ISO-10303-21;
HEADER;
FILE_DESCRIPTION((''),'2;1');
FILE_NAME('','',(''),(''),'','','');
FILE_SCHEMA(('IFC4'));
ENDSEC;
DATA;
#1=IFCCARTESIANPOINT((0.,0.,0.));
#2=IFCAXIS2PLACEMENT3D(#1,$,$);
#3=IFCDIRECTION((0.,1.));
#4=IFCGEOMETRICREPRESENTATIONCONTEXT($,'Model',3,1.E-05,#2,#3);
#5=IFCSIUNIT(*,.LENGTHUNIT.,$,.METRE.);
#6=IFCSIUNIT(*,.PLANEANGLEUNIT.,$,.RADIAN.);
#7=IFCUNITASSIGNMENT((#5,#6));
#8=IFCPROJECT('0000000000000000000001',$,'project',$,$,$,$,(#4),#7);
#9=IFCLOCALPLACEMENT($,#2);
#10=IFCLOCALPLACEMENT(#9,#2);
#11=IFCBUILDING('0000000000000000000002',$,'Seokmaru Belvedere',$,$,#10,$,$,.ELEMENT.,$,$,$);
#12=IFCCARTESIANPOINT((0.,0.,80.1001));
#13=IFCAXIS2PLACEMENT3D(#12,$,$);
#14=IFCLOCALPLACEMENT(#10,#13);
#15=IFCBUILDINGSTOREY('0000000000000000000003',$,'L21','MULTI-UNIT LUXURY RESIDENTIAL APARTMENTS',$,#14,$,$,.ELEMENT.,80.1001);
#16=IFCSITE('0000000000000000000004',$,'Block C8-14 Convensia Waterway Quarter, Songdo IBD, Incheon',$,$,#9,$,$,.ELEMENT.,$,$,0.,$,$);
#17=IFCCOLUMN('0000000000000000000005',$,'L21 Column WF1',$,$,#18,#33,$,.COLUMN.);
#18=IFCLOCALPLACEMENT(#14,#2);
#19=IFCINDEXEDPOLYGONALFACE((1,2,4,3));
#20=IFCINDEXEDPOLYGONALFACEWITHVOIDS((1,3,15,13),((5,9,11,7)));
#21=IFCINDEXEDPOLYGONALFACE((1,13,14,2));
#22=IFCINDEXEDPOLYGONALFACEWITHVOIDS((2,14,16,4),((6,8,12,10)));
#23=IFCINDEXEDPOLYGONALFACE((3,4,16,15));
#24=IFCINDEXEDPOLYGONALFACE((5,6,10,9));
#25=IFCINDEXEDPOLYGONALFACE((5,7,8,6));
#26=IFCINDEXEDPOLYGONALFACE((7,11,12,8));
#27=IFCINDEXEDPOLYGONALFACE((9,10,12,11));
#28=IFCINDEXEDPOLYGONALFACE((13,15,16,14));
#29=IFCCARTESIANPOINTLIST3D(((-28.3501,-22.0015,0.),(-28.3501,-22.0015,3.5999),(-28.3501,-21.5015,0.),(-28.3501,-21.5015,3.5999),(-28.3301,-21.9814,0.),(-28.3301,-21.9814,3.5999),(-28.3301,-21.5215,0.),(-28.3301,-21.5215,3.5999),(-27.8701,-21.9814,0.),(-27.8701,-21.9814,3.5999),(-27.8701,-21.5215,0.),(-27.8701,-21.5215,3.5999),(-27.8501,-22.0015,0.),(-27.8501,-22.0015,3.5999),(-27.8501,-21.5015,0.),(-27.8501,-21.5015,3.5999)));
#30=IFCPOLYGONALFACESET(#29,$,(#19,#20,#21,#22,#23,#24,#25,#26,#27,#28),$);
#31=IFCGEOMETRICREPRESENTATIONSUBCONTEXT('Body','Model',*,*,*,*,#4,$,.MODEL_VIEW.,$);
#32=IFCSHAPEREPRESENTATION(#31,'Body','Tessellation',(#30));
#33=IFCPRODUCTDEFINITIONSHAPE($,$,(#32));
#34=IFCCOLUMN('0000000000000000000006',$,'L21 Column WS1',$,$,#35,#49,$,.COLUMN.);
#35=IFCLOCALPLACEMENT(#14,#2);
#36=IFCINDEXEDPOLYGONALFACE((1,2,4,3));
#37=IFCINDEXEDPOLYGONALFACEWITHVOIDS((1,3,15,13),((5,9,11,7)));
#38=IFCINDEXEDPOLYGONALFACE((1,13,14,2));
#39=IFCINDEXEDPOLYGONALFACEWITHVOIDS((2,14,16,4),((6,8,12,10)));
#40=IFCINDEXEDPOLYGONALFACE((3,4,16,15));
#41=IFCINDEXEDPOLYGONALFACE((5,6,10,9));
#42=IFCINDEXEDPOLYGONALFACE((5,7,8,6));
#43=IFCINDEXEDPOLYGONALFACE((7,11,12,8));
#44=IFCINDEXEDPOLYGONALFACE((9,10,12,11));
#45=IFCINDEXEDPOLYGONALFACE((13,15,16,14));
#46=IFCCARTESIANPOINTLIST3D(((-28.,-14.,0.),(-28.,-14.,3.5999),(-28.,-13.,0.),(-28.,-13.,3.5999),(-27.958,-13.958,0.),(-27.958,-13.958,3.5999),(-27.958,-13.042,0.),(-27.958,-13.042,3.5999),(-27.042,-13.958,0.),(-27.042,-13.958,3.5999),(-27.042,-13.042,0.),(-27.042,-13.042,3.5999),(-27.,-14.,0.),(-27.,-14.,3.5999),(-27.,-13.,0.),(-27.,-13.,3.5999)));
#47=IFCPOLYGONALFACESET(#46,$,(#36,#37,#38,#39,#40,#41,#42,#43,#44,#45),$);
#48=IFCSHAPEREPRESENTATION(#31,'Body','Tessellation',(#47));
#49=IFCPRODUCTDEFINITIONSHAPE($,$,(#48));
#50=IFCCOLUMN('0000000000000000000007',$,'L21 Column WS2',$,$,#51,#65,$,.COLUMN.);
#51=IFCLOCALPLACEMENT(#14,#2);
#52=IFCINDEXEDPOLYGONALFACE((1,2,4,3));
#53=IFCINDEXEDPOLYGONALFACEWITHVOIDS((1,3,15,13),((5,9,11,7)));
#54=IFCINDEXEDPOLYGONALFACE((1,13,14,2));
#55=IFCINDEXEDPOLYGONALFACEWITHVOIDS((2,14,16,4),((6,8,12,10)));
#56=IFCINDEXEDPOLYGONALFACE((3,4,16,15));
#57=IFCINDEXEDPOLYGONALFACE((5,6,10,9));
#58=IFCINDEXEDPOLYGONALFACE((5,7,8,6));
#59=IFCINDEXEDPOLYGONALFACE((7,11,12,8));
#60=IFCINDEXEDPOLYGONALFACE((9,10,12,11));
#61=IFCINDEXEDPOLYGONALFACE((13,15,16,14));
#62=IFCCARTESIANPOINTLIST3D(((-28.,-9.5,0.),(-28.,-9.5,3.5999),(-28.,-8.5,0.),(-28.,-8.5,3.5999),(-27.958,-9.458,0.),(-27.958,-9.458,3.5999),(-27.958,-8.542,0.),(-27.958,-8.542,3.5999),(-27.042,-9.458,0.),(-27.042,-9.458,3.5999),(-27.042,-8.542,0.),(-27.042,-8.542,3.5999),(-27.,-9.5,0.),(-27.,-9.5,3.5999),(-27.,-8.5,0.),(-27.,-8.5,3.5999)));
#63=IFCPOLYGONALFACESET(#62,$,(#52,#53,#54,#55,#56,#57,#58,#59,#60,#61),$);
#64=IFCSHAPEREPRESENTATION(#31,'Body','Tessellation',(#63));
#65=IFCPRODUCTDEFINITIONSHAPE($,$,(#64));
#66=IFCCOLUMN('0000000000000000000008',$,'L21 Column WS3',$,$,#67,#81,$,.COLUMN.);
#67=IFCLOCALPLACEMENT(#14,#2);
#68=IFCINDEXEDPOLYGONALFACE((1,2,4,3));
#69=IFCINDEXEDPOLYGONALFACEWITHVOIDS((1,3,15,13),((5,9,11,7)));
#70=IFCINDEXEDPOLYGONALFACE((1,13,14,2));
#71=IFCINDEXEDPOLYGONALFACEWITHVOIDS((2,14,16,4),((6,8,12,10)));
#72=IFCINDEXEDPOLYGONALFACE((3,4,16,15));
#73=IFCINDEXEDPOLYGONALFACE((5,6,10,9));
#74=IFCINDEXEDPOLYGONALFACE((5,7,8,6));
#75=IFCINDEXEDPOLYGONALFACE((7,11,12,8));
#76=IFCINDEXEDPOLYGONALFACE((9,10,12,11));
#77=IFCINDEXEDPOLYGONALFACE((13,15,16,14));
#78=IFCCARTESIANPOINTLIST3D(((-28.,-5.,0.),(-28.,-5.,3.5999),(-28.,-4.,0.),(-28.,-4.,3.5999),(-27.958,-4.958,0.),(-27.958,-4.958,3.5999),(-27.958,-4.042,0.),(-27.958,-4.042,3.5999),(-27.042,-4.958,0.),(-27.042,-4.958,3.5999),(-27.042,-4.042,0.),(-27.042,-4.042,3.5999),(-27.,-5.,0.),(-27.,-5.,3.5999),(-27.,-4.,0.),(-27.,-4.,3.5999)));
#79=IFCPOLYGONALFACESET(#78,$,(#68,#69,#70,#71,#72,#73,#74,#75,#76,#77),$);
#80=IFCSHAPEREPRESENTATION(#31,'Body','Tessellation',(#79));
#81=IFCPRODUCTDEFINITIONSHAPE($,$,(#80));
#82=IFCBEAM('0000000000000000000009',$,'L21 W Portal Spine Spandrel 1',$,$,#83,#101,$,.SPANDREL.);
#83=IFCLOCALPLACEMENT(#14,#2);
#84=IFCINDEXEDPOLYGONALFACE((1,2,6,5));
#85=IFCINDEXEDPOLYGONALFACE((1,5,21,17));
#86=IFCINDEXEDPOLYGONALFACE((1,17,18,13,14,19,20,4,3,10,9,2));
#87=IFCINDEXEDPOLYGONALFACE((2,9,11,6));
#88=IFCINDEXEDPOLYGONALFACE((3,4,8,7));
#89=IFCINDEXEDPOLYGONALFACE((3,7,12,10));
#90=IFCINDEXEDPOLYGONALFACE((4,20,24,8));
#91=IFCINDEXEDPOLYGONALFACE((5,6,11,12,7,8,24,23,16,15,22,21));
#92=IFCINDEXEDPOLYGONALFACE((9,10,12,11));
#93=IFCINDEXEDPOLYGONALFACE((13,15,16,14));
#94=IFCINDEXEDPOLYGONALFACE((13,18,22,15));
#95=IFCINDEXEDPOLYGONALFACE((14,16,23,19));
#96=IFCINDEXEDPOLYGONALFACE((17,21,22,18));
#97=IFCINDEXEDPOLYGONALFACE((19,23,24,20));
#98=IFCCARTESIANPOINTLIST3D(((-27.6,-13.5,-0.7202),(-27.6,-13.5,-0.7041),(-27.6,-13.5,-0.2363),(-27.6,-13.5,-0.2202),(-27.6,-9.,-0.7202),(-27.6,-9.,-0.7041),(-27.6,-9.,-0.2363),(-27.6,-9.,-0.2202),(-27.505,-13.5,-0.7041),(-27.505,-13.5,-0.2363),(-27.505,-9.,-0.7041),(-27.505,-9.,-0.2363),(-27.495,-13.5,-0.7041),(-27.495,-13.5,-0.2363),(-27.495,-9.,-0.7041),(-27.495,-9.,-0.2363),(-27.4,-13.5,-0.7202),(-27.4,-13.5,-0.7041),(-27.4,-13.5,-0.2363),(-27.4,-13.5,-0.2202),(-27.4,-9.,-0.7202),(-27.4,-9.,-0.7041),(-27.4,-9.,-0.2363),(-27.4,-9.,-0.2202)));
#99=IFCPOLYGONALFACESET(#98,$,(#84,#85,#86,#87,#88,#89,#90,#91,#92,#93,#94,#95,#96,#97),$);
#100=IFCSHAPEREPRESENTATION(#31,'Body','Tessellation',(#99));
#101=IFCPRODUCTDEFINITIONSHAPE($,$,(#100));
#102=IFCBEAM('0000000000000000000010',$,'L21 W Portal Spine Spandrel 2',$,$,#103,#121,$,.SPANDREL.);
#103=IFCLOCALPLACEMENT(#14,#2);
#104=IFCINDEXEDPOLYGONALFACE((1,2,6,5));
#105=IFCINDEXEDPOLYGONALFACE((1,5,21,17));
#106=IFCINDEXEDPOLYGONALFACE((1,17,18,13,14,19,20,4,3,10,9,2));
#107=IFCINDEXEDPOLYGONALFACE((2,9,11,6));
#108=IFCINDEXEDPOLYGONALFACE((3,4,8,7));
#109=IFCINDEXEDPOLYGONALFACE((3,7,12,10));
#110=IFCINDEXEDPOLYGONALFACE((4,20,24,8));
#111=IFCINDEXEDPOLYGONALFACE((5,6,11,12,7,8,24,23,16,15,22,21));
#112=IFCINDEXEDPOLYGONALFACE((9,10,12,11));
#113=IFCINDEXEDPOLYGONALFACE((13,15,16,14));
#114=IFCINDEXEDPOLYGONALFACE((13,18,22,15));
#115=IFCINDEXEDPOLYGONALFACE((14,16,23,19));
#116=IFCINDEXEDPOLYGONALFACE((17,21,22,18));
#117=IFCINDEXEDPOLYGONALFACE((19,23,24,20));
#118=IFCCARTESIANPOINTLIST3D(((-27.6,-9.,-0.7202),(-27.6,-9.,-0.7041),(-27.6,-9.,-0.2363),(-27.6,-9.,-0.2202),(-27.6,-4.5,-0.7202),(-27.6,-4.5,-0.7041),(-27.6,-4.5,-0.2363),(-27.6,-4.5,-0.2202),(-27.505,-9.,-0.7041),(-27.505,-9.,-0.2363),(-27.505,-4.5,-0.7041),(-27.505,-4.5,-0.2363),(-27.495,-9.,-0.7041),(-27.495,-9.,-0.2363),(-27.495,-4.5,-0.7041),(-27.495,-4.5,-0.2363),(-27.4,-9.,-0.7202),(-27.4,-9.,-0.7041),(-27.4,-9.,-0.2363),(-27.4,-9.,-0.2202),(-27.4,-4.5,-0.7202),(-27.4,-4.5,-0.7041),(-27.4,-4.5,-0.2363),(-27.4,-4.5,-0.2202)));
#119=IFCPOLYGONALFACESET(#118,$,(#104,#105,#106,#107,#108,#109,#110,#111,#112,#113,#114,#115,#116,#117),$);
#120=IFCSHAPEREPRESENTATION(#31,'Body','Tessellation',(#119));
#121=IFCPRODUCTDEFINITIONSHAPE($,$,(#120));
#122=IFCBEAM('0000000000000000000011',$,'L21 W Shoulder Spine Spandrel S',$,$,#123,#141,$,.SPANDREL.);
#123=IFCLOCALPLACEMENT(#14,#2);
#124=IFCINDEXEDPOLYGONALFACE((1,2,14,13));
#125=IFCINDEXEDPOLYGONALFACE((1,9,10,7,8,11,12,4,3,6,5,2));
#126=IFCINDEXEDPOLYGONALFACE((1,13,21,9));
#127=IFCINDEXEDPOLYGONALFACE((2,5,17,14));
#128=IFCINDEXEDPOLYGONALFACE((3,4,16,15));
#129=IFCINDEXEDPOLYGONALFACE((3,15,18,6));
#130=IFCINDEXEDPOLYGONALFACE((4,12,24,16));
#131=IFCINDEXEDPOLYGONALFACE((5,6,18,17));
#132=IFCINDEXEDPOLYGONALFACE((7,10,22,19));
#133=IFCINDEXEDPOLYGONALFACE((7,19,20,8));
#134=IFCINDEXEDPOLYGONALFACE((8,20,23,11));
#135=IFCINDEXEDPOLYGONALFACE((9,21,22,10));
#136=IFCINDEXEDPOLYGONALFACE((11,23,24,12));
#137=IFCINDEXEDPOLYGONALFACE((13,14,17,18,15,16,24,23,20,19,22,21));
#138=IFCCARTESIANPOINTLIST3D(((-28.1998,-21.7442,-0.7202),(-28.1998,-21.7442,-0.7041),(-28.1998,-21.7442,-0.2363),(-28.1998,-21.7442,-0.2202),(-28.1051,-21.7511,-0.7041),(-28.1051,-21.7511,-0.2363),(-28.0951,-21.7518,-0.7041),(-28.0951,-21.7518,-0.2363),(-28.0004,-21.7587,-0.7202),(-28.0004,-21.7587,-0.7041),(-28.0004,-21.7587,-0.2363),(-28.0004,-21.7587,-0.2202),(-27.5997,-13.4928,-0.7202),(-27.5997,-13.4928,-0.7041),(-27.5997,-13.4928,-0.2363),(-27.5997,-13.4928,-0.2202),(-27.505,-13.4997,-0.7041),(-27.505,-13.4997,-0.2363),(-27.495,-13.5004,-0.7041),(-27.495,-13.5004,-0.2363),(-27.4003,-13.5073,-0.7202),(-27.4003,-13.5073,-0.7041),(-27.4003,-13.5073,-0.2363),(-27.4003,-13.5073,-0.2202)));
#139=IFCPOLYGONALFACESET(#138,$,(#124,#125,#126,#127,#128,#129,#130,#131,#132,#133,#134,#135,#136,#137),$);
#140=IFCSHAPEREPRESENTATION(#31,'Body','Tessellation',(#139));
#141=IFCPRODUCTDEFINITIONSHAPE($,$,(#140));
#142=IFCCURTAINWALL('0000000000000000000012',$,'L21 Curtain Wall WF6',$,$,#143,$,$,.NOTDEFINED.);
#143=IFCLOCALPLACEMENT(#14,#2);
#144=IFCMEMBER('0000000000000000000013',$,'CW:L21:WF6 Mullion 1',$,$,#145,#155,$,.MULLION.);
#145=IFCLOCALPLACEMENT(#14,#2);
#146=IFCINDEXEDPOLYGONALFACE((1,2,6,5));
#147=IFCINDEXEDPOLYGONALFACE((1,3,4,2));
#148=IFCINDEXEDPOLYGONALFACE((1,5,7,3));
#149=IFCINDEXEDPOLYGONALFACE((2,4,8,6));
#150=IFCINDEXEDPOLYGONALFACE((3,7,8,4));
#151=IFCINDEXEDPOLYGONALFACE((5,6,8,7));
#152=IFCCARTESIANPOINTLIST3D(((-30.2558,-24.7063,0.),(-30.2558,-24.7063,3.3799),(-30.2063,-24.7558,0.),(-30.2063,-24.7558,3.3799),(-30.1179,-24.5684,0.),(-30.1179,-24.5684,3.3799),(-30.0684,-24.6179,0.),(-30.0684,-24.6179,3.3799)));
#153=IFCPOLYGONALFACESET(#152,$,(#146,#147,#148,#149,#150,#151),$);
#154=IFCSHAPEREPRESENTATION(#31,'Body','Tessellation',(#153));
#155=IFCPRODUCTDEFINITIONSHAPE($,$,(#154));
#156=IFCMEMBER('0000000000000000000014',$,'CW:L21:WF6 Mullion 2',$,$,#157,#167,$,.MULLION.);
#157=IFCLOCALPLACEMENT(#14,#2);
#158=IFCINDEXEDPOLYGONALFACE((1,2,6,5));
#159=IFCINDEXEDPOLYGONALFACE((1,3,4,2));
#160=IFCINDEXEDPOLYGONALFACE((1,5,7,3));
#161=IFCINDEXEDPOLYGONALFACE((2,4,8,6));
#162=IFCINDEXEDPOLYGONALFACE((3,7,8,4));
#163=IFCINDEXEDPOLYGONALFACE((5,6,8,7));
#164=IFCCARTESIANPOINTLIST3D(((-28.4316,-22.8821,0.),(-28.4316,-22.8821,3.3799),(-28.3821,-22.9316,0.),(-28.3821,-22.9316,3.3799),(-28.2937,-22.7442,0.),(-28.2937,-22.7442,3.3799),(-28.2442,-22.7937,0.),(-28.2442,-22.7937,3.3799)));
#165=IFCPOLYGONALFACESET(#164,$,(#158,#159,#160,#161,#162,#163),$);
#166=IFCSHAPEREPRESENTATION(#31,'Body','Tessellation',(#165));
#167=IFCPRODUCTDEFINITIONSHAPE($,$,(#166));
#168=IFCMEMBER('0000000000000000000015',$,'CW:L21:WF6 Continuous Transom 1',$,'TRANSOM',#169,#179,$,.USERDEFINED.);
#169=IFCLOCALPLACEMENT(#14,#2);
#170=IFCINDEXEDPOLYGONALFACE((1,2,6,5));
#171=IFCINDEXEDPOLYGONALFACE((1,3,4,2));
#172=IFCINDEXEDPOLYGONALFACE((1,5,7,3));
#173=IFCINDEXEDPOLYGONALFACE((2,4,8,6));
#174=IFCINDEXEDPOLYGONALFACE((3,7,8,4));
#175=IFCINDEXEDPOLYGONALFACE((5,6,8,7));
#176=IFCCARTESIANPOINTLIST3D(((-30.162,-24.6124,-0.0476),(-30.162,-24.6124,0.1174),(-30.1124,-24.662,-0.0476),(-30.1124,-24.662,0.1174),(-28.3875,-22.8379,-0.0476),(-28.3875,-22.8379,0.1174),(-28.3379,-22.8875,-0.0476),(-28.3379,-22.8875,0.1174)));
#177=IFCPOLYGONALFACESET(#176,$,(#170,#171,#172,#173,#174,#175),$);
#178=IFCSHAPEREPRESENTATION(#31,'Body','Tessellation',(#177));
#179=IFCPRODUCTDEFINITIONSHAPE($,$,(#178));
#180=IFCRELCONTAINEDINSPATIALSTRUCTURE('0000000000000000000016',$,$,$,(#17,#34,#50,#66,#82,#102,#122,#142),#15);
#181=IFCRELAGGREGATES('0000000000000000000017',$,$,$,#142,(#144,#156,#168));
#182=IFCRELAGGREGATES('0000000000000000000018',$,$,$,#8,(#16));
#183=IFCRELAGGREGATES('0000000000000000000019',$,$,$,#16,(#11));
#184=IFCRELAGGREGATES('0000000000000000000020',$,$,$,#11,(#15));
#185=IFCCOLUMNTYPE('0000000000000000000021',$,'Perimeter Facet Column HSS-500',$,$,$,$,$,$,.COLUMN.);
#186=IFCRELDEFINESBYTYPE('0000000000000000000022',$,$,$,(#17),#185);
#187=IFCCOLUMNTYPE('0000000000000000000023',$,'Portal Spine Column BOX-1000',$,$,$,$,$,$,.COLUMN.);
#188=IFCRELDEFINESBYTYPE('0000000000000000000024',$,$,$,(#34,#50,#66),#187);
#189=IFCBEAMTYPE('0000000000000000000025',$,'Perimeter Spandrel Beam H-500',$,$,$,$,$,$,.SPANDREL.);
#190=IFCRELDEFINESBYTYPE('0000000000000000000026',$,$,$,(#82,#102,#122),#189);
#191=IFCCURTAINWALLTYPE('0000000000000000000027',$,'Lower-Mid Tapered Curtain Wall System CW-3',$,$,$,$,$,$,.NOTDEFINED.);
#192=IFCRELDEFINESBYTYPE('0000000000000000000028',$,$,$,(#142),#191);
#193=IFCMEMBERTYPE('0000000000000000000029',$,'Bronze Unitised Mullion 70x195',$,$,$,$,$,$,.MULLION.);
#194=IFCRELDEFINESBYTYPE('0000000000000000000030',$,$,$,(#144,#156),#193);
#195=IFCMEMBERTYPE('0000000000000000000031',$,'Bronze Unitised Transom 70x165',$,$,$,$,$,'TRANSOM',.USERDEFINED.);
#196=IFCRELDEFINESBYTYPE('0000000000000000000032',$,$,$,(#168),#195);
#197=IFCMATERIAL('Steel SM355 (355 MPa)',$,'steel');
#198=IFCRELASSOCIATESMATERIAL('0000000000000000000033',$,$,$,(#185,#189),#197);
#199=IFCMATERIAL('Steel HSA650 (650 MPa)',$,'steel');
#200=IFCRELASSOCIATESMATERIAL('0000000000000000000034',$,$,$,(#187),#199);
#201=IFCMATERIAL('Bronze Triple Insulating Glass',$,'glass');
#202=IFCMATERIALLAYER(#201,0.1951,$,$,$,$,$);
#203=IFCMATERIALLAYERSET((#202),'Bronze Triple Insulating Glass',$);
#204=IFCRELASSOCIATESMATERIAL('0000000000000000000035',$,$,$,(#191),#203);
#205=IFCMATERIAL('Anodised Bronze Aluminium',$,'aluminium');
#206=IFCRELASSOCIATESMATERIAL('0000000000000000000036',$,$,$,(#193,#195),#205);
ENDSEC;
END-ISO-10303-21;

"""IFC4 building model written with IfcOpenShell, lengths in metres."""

from ifc_helpers import new_model, si_unit, direction, frame, origin, origin_2d, place, context, subcontext, project, spatial, rectangle, hollow_rectangle, i_section, extrude, source, transform, mapped, material, layer, layer_set, material_profile, profile_set, type_object, type_shapes, element, aggregate, save


model = new_model("IFC4")

# Units and contexts
model_context = context("Model", 3, precision=1e-05, world=origin(), true_north=direction((0.0, 1.0)))
body_context = subcontext(model_context, "Body", "Model", "MODEL_VIEW")
ifc_project = project(units=[si_unit("LENGTHUNIT", "METRE"), si_unit("PLANEANGLEUNIT", "RADIAN")], contexts=[model_context])

# Site, building, storey
site_placement = place(None, origin())
site = spatial("IfcSite", under=ifc_project, at=site_placement, Name="Block C8-14 Convensia Waterway Quarter, Songdo IBD, Incheon", CompositionType="ELEMENT", RefElevation=0.0)
building_placement = place(site_placement, origin())
building = spatial("IfcBuilding", under=site, at=building_placement, Name="Seokmaru Belvedere", CompositionType="ELEMENT")
storey_placement = place(building_placement, frame((0.0, 0.0, 80.1001)))
storey = spatial("IfcBuildingStorey", under=building, at=storey_placement, Name="L21", Description="MULTI-UNIT LUXURY RESIDENTIAL APARTMENTS", CompositionType="ELEMENT", Elevation=80.1001)

# Columns
ifc_material_1 = material(Name="Steel SM355 (355 MPa)", Category="steel")
ifc_material_profile_1 = material_profile(ifc_material_1, hollow_rectangle(XDim=0.5, YDim=0.5, WallThickness=0.02, at=origin_2d()), Name="HSS-500x500x20")
ifc_profile_set_1 = profile_set([ifc_material_profile_1], Name="Steel SM355 (355 MPa)")
column_type_1 = type_object("IfcColumnType", Name="Perimeter Facet Column HSS-500", PredefinedType="COLUMN", material=ifc_profile_set_1)
shared_shape_1 = source(origin(), body_context, "Body", "SweptSolid", [
    extrude(hollow_rectangle(XDim=0.5, YDim=0.5, WallThickness=0.02, at=origin_2d()), origin(), (0.0, 0.0, 1.0), 3.5999),
])
type_shapes(column_type_1, [shared_shape_1])
column_placement = place(storey_placement, frame((-28.1001, -21.7515, 0.0), z_axis=(0.0, 0.0, 1.0), x_axis=(1.0, 0.0, 0.0)))
element("IfcColumn", 1, at=column_placement, inside=storey, type_object=column_type_1, Name="L21 Column WF1", PredefinedType="COLUMN", context=body_context, shape_type="MappedRepresentation", body=[
    mapped(shared_shape_1, transform((0.0, 0.0, 0.0), scale=1.0)),
])
ifc_material_2 = material(Name="Steel HSA650 (650 MPa)", Category="steel")
ifc_material_profile_2 = material_profile(ifc_material_2, hollow_rectangle(XDim=1.0, YDim=1.0, WallThickness=0.042, at=origin_2d()), Name="BOX-1000x1000x42")
ifc_profile_set_2 = profile_set([ifc_material_profile_2], Name="Steel HSA650 (650 MPa)")
column_type_2 = type_object("IfcColumnType", Name="Portal Spine Column BOX-1000", PredefinedType="COLUMN", material=ifc_profile_set_2)
shared_shape_2 = source(origin(), body_context, "Body", "SweptSolid", [
    extrude(hollow_rectangle(XDim=1.0, YDim=1.0, WallThickness=0.042, at=origin_2d()), origin(), (0.0, 0.0, 1.0), 3.5999),
])
type_shapes(column_type_2, [shared_shape_2])
for number, where, z_axis, x_axis, name in (
    (2, (-27.5, -13.5, 0.0), (0.0, 0.0, 1.0), (1.0, 0.0, 0.0), "L21 Column WS1"),
    (3, (-27.5, -9.0, 0.0), (0.0, 0.0, 1.0), (1.0, 0.0, 0.0), "L21 Column WS2"),
    (4, (-27.5, -4.5, 0.0), (0.0, 0.0, 1.0), (1.0, 0.0, 0.0), "L21 Column WS3"),
):
    element("IfcColumn", number, at=place(storey_placement, frame(where, z_axis=z_axis, x_axis=x_axis)), inside=storey, type_object=column_type_2, Name=name, PredefinedType="COLUMN", context=body_context, shape_type="MappedRepresentation", body=[
        mapped(shared_shape_2, transform((0.0, 0.0, 0.0), scale=1.0)),
    ])

# Beams
ifc_material_profile_3 = material_profile(ifc_material_1, i_section(OverallWidth=0.2, OverallDepth=0.5, WebThickness=0.01, FlangeThickness=0.0161, at=origin_2d()), Name="H-500x200x10x16")
ifc_profile_set_3 = profile_set([ifc_material_profile_3], Name="Steel SM355 (355 MPa)")
beam_type = type_object("IfcBeamType", Name="Perimeter Spandrel Beam H-500", PredefinedType="SPANDREL", material=ifc_profile_set_3)
shared_shape_3 = source(origin(), body_context, "Body", "SweptSolid", [
    extrude(i_section(OverallWidth=0.2, OverallDepth=0.5, WebThickness=0.01, FlangeThickness=0.0161, at=origin_2d()), origin(), (0.0, 0.0, 1.0), 4.5),
])
for number, where, z_axis, x_axis, name in (
    (5, (-27.5, -13.5, -0.4702), (0.0, 1.0, 0.0), (-1.0, 0.0, 0.0), "L21 W Portal Spine Spandrel 1"),
    (6, (-27.5, -9.0, -0.4702), (0.0, 1.0, 0.0), (-1.0, 0.0, 0.0), "L21 W Portal Spine Spandrel 2"),
):
    element("IfcBeam", number, at=place(storey_placement, frame(where, z_axis=z_axis, x_axis=x_axis)), inside=storey, type_object=beam_type, Name=name, PredefinedType="SPANDREL", context=body_context, shape_type="MappedRepresentation", body=[
        mapped(shared_shape_3, transform((0.0, 0.0, 0.0), scale=1.0)),
    ])
shared_shape_4 = source(origin(), body_context, "Body", "SweptSolid", [
    extrude(i_section(OverallWidth=0.2, OverallDepth=0.5, WebThickness=0.01, FlangeThickness=0.0161, at=origin_2d()), origin(), (0.0, 0.0, 1.0), 8.2732),
])
type_shapes(beam_type, [shared_shape_3, shared_shape_4])
beam_placement = place(storey_placement, frame((-28.1001, -21.7515, -0.4702), z_axis=(0.072535, 0.997366, 0.0), x_axis=(-0.997366, 0.072535, 0.0)))
element("IfcBeam", 7, at=beam_placement, inside=storey, type_object=beam_type, Name="L21 W Shoulder Spine Spandrel S", PredefinedType="SPANDREL", context=body_context, shape_type="MappedRepresentation", body=[
    mapped(shared_shape_4, transform((0.0, 0.0, 0.0), scale=1.0)),
])

# Curtain wall, members
ifc_material_3 = material(Name="Bronze Triple Insulating Glass", Category="glass")
ifc_layer_1 = layer(ifc_material_3, 0.1951)
ifc_layer_set_1 = layer_set([ifc_layer_1], Name="Bronze Triple Insulating Glass")
curtain_wall_type = type_object("IfcCurtainWallType", Name="Lower-Mid Tapered Curtain Wall System CW-3", PredefinedType="NOTDEFINED", material=ifc_layer_set_1)
curtain_wall_placement = place(storey_placement, origin())
curtain_wall = element("IfcCurtainWall", 8, at=curtain_wall_placement, inside=storey, type_object=curtain_wall_type, Name="L21 Curtain Wall WF6", PredefinedType="NOTDEFINED")
ifc_material_4 = material(Name="Anodised Bronze Aluminium", Category="aluminium")
ifc_material_profile_4 = material_profile(ifc_material_4, rectangle(XDim=0.0701, YDim=0.1951, at=origin_2d()), Name="CW-M-70x195")
ifc_profile_set_4 = profile_set([ifc_material_profile_4], Name="Anodised Bronze Aluminium")
member_type_1 = type_object("IfcMemberType", Name="Bronze Unitised Mullion 70x195", PredefinedType="MULLION", material=ifc_profile_set_4)
shared_shape_5 = source(origin(), body_context, "Body", "SweptSolid", [
    extrude(rectangle(XDim=0.0701, YDim=0.1951, at=origin_2d()), origin(), (0.0, 0.0, 1.0), 3.3799),
])
type_shapes(member_type_1, [shared_shape_5])
member_1_placement = place(storey_placement, frame((-30.1621, -24.6621, 0.0), z_axis=(0.0, 0.0, 1.0), x_axis=(-0.707107, 0.707107, 0.0)))
member_1 = element("IfcMember", 9, at=member_1_placement, type_object=member_type_1, Name="CW:L21:WF6 Mullion 1", PredefinedType="MULLION", context=body_context, shape_type="MappedRepresentation", body=[
    mapped(shared_shape_5, transform((0.0, 0.0, 0.0), scale=1.0)),
])
member_2_placement = place(storey_placement, frame((-28.3379, -22.8379, 0.0), z_axis=(0.0, 0.0, 1.0), x_axis=(-0.707107, 0.707107, 0.0)))
member_2 = element("IfcMember", 10, at=member_2_placement, type_object=member_type_1, Name="CW:L21:WF6 Mullion 2", PredefinedType="MULLION", context=body_context, shape_type="MappedRepresentation", body=[
    mapped(shared_shape_5, transform((0.0, 0.0, 0.0), scale=1.0)),
])
ifc_material_profile_5 = material_profile(ifc_material_4, rectangle(XDim=0.0701, YDim=0.165, at=origin_2d()), Name="CW-T-70x165")
ifc_profile_set_5 = profile_set([ifc_material_profile_5], Name="Anodised Bronze Aluminium")
member_type_2 = type_object("IfcMemberType", Name="Bronze Unitised Transom 70x165", ElementType="TRANSOM", PredefinedType="USERDEFINED", material=ifc_profile_set_5)
shared_shape_6 = source(origin(), body_context, "Body", "SweptSolid", [
    extrude(rectangle(XDim=0.0701, YDim=0.165, at=origin_2d()), origin(), (0.0, 0.0, 1.0), 2.5095),
])
type_shapes(member_type_2, [shared_shape_6])
member_3_placement = place(storey_placement, frame((-30.1372, -24.6372, 0.0349), z_axis=(0.707107, 0.707107, 0.0), x_axis=(-0.707107, 0.707107, 0.0)))
member_3 = element("IfcMember", 11, at=member_3_placement, type_object=member_type_2, Name="CW:L21:WF6 Continuous Transom 1", ObjectType="TRANSOM", PredefinedType="USERDEFINED", context=body_context, shape_type="MappedRepresentation", body=[
    mapped(shared_shape_6, transform((0.0, 0.0, 0.0), scale=1.0)),
])
aggregate(curtain_wall, [member_1, member_2, member_3])

save(model, "model.ifc")
